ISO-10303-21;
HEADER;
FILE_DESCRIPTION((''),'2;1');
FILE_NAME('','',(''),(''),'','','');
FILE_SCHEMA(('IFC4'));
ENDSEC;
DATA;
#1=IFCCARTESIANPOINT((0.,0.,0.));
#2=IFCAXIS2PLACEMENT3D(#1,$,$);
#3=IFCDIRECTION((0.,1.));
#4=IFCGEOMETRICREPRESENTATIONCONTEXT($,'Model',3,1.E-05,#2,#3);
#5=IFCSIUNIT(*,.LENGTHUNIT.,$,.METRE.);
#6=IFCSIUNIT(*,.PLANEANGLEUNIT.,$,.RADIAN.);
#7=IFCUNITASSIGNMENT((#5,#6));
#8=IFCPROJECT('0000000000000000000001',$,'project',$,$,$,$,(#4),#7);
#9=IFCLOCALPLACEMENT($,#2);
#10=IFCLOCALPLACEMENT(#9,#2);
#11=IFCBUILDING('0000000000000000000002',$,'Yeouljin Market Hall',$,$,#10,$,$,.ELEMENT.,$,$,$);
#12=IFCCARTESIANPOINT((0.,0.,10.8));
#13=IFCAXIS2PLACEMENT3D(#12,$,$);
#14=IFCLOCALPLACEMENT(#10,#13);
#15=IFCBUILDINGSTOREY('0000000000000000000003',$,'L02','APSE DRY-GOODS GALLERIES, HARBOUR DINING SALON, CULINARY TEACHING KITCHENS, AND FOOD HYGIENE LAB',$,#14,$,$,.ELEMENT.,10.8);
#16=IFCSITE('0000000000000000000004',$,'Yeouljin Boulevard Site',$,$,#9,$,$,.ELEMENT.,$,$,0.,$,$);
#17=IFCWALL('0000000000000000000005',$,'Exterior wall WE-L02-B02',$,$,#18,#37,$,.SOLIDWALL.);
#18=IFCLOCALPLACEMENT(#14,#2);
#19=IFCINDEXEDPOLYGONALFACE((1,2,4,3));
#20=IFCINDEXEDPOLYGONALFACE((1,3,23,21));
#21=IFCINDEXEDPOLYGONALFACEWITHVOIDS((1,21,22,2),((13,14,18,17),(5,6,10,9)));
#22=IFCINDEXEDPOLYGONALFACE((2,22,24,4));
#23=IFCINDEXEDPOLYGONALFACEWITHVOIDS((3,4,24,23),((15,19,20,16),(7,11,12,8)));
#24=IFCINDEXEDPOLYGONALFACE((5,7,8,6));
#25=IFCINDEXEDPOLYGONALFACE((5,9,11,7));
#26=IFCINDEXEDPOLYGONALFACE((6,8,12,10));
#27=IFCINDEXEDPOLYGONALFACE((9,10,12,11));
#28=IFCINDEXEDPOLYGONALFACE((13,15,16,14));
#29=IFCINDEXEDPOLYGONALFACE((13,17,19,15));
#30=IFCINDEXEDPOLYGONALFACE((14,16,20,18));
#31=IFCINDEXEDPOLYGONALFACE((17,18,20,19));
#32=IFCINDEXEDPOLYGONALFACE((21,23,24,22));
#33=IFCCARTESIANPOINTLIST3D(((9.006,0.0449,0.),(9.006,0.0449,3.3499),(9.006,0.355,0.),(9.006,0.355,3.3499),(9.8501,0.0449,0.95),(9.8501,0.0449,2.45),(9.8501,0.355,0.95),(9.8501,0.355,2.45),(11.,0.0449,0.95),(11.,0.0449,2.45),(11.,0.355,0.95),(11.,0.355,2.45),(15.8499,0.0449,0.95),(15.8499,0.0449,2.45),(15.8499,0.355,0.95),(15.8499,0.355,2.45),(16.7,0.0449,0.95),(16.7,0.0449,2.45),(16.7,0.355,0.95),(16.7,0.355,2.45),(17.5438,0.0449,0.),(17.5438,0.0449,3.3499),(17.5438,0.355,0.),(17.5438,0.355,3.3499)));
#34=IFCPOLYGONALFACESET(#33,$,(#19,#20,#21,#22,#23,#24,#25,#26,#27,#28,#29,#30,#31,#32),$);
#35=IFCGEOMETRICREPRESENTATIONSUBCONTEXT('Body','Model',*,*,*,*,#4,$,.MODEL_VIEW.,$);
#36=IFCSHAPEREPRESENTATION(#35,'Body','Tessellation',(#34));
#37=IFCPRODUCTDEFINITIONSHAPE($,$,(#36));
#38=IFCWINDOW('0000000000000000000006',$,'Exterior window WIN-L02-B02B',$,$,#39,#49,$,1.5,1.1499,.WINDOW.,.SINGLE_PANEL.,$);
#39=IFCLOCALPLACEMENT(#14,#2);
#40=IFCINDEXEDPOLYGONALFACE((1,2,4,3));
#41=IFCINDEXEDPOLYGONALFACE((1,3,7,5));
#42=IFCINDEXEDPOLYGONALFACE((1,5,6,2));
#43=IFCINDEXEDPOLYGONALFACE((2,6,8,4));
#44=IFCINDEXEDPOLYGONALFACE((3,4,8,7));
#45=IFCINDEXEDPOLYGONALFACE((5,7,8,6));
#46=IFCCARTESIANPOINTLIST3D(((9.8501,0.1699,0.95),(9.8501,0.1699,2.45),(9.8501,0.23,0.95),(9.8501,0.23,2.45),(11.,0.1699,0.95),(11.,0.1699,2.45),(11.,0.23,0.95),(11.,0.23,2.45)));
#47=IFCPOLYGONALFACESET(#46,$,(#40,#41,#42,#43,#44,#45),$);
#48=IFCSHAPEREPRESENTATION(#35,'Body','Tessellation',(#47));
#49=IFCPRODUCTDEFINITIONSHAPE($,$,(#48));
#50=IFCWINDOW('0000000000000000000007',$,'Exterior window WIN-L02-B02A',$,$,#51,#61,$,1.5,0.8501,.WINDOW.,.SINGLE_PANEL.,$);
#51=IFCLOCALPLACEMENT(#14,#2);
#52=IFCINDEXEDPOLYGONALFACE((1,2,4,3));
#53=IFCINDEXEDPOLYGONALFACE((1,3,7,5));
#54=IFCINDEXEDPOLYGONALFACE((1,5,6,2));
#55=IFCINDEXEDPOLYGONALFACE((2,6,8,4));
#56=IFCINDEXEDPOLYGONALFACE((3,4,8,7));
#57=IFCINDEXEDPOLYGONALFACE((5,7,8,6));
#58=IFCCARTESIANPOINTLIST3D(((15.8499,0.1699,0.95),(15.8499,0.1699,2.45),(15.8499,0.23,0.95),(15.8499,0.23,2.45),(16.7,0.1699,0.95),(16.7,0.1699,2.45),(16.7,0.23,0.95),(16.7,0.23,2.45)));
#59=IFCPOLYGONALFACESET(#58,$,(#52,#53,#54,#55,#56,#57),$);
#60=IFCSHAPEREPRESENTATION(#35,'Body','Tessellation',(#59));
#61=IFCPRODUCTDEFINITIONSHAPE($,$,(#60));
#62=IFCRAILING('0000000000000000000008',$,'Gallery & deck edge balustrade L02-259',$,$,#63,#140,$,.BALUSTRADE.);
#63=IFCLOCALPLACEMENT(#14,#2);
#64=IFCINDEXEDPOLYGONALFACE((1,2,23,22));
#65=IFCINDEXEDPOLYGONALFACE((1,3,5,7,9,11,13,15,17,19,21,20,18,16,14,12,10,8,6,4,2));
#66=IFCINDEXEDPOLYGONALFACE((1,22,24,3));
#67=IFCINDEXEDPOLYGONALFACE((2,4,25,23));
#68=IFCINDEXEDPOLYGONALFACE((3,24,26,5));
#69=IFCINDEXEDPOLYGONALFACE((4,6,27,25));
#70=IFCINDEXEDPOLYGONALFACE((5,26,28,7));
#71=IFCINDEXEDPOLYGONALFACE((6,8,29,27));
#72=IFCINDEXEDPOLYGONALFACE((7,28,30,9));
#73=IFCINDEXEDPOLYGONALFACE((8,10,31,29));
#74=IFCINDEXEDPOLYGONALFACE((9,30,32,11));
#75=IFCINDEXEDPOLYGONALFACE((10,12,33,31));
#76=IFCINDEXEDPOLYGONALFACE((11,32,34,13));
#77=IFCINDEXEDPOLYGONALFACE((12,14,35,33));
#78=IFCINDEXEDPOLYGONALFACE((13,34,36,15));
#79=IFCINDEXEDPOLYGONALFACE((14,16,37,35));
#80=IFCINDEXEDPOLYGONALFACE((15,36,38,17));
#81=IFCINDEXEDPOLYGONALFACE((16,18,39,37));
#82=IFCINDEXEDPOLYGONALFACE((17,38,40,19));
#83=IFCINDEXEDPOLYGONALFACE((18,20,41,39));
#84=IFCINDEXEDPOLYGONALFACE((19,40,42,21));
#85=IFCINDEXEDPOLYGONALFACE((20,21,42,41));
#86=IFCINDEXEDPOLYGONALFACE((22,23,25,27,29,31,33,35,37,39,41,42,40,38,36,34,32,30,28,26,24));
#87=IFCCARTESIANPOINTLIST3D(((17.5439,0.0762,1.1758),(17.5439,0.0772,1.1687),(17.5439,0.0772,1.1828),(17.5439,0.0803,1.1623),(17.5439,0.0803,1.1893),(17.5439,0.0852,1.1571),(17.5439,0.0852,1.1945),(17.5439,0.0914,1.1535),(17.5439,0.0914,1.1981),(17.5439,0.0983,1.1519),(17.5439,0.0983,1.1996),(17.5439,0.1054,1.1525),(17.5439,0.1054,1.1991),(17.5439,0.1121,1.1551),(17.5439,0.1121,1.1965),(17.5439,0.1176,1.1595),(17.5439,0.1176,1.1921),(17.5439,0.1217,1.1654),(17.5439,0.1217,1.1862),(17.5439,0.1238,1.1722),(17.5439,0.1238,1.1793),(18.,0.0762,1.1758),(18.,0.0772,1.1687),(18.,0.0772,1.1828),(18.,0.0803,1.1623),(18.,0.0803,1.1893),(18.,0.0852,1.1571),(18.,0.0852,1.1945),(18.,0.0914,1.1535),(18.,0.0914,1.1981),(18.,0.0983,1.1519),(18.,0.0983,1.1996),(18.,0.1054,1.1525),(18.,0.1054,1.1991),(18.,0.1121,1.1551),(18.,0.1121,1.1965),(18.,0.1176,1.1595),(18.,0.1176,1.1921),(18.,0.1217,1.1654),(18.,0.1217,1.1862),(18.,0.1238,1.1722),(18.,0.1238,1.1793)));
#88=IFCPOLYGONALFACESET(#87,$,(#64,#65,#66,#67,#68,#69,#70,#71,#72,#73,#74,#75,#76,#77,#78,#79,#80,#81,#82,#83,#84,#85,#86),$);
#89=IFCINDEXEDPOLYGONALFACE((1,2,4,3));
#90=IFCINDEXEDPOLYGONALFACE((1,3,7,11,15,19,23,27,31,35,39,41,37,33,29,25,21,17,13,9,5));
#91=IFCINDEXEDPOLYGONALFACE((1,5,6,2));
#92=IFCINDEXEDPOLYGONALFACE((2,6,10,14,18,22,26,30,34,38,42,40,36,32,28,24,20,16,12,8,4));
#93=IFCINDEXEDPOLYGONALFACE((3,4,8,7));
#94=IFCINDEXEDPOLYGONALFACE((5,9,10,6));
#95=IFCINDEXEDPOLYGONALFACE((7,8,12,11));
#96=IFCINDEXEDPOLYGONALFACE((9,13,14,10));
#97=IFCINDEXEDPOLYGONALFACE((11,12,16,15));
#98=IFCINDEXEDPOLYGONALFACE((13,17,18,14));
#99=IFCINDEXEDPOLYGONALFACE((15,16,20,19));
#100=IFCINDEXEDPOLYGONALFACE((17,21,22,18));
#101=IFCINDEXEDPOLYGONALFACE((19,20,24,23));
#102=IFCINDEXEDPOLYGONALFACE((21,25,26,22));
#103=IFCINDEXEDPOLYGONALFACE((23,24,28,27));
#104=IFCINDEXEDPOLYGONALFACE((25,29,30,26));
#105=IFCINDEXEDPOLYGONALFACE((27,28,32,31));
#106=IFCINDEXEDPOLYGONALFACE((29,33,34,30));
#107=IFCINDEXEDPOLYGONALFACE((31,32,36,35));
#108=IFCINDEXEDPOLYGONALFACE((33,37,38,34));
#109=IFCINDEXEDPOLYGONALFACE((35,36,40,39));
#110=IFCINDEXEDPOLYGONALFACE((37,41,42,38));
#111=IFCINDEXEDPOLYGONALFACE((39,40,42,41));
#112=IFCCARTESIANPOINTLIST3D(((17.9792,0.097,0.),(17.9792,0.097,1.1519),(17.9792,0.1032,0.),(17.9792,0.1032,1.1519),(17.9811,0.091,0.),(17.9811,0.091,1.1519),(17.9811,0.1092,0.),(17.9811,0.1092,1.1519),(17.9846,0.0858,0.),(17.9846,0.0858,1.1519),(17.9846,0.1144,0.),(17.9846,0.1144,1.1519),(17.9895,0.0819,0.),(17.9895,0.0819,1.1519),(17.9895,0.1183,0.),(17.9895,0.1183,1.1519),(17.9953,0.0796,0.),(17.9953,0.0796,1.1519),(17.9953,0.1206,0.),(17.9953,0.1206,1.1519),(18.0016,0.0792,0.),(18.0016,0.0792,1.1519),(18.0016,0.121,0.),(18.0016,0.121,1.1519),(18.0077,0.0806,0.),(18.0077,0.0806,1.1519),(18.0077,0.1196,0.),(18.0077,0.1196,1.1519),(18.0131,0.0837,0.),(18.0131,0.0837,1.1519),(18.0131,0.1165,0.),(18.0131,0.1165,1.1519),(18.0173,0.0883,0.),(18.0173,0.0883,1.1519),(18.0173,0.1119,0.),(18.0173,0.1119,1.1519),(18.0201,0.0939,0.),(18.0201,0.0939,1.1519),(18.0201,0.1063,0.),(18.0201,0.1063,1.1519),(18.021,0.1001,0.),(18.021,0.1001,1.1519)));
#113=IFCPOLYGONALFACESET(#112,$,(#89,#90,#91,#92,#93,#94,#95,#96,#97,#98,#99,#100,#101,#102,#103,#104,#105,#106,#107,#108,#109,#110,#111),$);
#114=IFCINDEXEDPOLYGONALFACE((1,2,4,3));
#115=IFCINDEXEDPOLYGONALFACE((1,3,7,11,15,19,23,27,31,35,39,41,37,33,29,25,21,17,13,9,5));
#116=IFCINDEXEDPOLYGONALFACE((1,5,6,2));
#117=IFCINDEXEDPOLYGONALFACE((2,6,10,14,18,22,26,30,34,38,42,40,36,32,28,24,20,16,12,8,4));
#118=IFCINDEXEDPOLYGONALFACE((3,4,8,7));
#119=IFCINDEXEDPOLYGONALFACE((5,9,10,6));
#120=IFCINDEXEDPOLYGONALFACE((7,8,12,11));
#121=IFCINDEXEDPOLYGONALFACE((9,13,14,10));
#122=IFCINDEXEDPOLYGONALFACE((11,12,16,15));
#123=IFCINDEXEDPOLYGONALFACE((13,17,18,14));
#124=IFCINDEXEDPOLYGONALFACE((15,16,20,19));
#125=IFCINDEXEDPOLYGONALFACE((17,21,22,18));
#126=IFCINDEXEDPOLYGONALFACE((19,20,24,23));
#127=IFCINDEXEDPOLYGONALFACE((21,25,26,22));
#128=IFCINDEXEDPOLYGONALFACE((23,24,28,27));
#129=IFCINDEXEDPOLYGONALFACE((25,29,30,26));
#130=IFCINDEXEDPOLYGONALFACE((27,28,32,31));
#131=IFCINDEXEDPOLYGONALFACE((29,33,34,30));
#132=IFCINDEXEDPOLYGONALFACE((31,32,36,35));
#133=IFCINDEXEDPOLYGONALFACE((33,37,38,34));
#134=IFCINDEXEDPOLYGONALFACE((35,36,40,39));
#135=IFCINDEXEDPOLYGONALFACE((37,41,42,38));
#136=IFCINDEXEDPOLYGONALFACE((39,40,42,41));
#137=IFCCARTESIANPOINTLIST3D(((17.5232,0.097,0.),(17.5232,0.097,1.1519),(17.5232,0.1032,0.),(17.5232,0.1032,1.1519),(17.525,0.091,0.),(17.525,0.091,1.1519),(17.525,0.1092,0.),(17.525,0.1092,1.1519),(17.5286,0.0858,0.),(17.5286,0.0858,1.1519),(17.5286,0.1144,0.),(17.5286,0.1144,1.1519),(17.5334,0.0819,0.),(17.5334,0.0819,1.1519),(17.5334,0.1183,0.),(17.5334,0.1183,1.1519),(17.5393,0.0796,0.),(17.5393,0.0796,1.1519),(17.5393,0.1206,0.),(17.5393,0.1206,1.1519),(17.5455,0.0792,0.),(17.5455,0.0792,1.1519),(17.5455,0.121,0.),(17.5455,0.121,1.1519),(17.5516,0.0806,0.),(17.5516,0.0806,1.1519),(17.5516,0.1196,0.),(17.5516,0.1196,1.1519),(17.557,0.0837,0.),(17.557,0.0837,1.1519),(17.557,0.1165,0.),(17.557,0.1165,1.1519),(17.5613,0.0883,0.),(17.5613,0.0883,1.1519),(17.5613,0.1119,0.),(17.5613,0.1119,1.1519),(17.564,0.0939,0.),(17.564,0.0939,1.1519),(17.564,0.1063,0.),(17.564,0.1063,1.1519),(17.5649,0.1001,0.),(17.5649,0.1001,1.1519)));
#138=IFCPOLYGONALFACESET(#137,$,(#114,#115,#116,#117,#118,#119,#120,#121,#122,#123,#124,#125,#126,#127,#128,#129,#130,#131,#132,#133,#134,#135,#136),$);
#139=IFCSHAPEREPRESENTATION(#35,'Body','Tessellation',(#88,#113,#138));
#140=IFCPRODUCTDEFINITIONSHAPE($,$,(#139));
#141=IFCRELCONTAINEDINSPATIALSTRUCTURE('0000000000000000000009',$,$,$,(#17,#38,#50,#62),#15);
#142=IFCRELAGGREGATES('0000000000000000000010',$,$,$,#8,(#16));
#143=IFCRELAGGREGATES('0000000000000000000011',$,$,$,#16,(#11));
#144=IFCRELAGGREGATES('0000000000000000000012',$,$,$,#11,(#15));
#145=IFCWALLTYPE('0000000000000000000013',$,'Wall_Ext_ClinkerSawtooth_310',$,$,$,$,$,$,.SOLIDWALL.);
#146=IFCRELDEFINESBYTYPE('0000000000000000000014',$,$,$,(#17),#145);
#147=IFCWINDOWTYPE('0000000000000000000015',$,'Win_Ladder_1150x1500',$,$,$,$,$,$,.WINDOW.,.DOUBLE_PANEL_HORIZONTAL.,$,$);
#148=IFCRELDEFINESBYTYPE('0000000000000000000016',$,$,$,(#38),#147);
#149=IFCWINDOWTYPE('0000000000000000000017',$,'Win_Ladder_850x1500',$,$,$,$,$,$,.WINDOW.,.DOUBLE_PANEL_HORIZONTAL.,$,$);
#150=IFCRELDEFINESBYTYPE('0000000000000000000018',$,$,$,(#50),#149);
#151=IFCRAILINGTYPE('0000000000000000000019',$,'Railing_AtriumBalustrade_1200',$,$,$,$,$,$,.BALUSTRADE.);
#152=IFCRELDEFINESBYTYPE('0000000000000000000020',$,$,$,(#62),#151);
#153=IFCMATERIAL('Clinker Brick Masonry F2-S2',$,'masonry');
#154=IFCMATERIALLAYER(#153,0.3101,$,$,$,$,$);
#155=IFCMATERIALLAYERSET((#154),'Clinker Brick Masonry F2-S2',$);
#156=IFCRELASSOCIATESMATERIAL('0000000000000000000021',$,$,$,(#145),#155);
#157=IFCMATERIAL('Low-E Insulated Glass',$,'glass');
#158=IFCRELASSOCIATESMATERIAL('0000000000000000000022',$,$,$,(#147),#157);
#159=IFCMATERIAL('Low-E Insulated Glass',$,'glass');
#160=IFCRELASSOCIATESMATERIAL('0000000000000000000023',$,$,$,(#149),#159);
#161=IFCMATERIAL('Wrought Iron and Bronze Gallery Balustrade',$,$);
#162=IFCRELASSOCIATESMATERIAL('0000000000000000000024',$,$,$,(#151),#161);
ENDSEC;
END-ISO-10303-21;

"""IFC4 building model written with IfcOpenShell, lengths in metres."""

from ifc_helpers import new_model, si_unit, direction, frame, frame_2d, origin, origin_2d, place, context, subcontext, project, spatial, rectangle, circle, extrude, material, layer, layer_set, type_object, element, fill, save


model = new_model("IFC4")

# Units and contexts
model_context = context("Model", 3, precision=1e-05, world=origin(), true_north=direction((0.0, 1.0)))
body_context = subcontext(model_context, "Body", "Model", "MODEL_VIEW")
ifc_project = project(units=[si_unit("LENGTHUNIT", "METRE"), si_unit("PLANEANGLEUNIT", "RADIAN")], contexts=[model_context])

# Site, building, storey
site_placement = place(None, origin())
site = spatial("IfcSite", under=ifc_project, at=site_placement, Name="Yeouljin Boulevard Site", CompositionType="ELEMENT", RefElevation=0.0)
building_placement = place(site_placement, origin())
building = spatial("IfcBuilding", under=site, at=building_placement, Name="Yeouljin Market Hall", CompositionType="ELEMENT")
storey_placement = place(building_placement, frame((0.0, 0.0, 10.8)))
storey = spatial("IfcBuildingStorey", under=building, at=storey_placement, Name="L02", Description="APSE DRY-GOODS GALLERIES, HARBOUR DINING SALON, CULINARY TEACHING KITCHENS, AND FOOD HYGIENE LAB", CompositionType="ELEMENT", Elevation=10.8)

# Wall, openings, windows
ifc_material_1 = material(Name="Clinker Brick Masonry F2-S2", Category="masonry")
ifc_layer_1 = layer(ifc_material_1, 0.3101)
ifc_layer_set_1 = layer_set([ifc_layer_1], Name="Clinker Brick Masonry F2-S2")
wall_type_1 = type_object("IfcWallType", Name="Wall_Ext_ClinkerSawtooth_310", PredefinedType="SOLIDWALL", material=ifc_layer_set_1)
wall_1_placement = place(storey_placement, frame((17.5439, 0.2, 0.0), z_axis=(0.0, 0.0, 1.0), x_axis=(-1.0, 0.0, 0.0)))
wall_1 = element("IfcWall", 1, at=wall_1_placement, inside=storey, type_object=wall_type_1, Name="Exterior wall WE-L02-B02", PredefinedType="SOLIDWALL", context=body_context, shape_type="SweptSolid", body=[
    extrude(rectangle(XDim=8.5378, YDim=0.3101, at=frame_2d((4.269, 0.0))), origin(), (0.0, 0.0, 1.0), 3.3499),
])
opening_1_placement = place(wall_1_placement, frame((0.844, 0.0, 0.95)))
opening_1 = element("IfcOpeningElement", 2, at=opening_1_placement, cuts=wall_1, PredefinedType="OPENING", context=body_context, shape_type="SweptSolid", body=[
    extrude(rectangle(XDim=0.8501, YDim=1.5, at=frame_2d((0.425, 0.75))), frame((0.0, 0.165, 0.0), z_axis=(0.0, -1.0, 0.0), x_axis=(1.0, 0.0, 0.0)), (0.0, 0.0, 1.0), 0.3301),
])
opening_2_placement = place(wall_1_placement, frame((6.5439, 0.0, 0.95)))
opening_2 = element("IfcOpeningElement", 3, at=opening_2_placement, cuts=wall_1, PredefinedType="OPENING", context=body_context, shape_type="SweptSolid", body=[
    extrude(rectangle(XDim=1.1499, YDim=1.5, at=frame_2d((0.575, 0.75))), frame((0.0, 0.165, 0.0), z_axis=(0.0, -1.0, 0.0), x_axis=(1.0, 0.0, 0.0)), (0.0, 0.0, 1.0), 0.3301),
])
ifc_material_2 = material(Name="Low-E Insulated Glass", Category="glass")
window_type_1 = type_object("IfcWindowType", Name="Win_Ladder_1150x1500", PartitioningType="DOUBLE_PANEL_HORIZONTAL", PredefinedType="WINDOW", material=ifc_material_2)
window_1_placement = place(opening_2_placement, origin())
window_1 = element("IfcWindow", 4, at=window_1_placement, inside=storey, type_object=window_type_1, Name="Exterior window WIN-L02-B02B", OverallHeight=1.5, OverallWidth=1.1499, PartitioningType="SINGLE_PANEL", PredefinedType="WINDOW", context=body_context, shape_type="SweptSolid", body=[
    extrude(rectangle(XDim=1.1499, YDim=1.5, at=frame_2d((0.575, 0.75))), frame((0.0, 0.03, 0.0), z_axis=(0.0, -1.0, 0.0), x_axis=(1.0, 0.0, 0.0)), (0.0, 0.0, 1.0), 0.0601),
])
fill(opening_2, window_1)
ifc_material_3 = material(Name="Low-E Insulated Glass", Category="glass")
window_type_2 = type_object("IfcWindowType", Name="Win_Ladder_850x1500", PartitioningType="DOUBLE_PANEL_HORIZONTAL", PredefinedType="WINDOW", material=ifc_material_3)
window_2_placement = place(opening_1_placement, origin())
window_2 = element("IfcWindow", 5, at=window_2_placement, inside=storey, type_object=window_type_2, Name="Exterior window WIN-L02-B02A", OverallHeight=1.5, OverallWidth=0.8501, PartitioningType="SINGLE_PANEL", PredefinedType="WINDOW", context=body_context, shape_type="SweptSolid", body=[
    extrude(rectangle(XDim=0.8501, YDim=1.5, at=frame_2d((0.425, 0.75))), frame((0.0, 0.03, 0.0), z_axis=(0.0, -1.0, 0.0), x_axis=(1.0, 0.0, 0.0)), (0.0, 0.0, 1.0), 0.0601),
])
fill(opening_1, window_2)

# Railing
ifc_material_4 = material(Name="Wrought Iron and Bronze Gallery Balustrade")
railing_type = type_object("IfcRailingType", Name="Railing_AtriumBalustrade_1200", PredefinedType="BALUSTRADE", material=ifc_material_4)
for number, where, name in (
    (6, (18.0, 0.1001, 0.0), "Gallery & deck edge balustrade L02-259"),
):
    element("IfcRailing", number, at=place(storey_placement, frame(where)), inside=storey, type_object=railing_type, Name=name, PredefinedType="BALUSTRADE", context=body_context, shape_type="SweptSolid", body=[
        extrude(circle(Radius=0.0239, at=origin_2d()), frame((0.0, 0.0, 1.1758), z_axis=(-1.0, 0.0, 0.0), x_axis=(0.0, -1.0, 0.0)), (0.0, 0.0, 1.0), 0.4561),
        extrude(circle(Radius=0.021, at=origin_2d()), origin(), (0.0, 0.0, 1.0), 1.1519),
        extrude(circle(Radius=0.021, at=origin_2d()), frame((-0.4561, 0.0, 0.0)), (0.0, 0.0, 1.0), 1.1519),
    ])

save(model, "model.ifc")
